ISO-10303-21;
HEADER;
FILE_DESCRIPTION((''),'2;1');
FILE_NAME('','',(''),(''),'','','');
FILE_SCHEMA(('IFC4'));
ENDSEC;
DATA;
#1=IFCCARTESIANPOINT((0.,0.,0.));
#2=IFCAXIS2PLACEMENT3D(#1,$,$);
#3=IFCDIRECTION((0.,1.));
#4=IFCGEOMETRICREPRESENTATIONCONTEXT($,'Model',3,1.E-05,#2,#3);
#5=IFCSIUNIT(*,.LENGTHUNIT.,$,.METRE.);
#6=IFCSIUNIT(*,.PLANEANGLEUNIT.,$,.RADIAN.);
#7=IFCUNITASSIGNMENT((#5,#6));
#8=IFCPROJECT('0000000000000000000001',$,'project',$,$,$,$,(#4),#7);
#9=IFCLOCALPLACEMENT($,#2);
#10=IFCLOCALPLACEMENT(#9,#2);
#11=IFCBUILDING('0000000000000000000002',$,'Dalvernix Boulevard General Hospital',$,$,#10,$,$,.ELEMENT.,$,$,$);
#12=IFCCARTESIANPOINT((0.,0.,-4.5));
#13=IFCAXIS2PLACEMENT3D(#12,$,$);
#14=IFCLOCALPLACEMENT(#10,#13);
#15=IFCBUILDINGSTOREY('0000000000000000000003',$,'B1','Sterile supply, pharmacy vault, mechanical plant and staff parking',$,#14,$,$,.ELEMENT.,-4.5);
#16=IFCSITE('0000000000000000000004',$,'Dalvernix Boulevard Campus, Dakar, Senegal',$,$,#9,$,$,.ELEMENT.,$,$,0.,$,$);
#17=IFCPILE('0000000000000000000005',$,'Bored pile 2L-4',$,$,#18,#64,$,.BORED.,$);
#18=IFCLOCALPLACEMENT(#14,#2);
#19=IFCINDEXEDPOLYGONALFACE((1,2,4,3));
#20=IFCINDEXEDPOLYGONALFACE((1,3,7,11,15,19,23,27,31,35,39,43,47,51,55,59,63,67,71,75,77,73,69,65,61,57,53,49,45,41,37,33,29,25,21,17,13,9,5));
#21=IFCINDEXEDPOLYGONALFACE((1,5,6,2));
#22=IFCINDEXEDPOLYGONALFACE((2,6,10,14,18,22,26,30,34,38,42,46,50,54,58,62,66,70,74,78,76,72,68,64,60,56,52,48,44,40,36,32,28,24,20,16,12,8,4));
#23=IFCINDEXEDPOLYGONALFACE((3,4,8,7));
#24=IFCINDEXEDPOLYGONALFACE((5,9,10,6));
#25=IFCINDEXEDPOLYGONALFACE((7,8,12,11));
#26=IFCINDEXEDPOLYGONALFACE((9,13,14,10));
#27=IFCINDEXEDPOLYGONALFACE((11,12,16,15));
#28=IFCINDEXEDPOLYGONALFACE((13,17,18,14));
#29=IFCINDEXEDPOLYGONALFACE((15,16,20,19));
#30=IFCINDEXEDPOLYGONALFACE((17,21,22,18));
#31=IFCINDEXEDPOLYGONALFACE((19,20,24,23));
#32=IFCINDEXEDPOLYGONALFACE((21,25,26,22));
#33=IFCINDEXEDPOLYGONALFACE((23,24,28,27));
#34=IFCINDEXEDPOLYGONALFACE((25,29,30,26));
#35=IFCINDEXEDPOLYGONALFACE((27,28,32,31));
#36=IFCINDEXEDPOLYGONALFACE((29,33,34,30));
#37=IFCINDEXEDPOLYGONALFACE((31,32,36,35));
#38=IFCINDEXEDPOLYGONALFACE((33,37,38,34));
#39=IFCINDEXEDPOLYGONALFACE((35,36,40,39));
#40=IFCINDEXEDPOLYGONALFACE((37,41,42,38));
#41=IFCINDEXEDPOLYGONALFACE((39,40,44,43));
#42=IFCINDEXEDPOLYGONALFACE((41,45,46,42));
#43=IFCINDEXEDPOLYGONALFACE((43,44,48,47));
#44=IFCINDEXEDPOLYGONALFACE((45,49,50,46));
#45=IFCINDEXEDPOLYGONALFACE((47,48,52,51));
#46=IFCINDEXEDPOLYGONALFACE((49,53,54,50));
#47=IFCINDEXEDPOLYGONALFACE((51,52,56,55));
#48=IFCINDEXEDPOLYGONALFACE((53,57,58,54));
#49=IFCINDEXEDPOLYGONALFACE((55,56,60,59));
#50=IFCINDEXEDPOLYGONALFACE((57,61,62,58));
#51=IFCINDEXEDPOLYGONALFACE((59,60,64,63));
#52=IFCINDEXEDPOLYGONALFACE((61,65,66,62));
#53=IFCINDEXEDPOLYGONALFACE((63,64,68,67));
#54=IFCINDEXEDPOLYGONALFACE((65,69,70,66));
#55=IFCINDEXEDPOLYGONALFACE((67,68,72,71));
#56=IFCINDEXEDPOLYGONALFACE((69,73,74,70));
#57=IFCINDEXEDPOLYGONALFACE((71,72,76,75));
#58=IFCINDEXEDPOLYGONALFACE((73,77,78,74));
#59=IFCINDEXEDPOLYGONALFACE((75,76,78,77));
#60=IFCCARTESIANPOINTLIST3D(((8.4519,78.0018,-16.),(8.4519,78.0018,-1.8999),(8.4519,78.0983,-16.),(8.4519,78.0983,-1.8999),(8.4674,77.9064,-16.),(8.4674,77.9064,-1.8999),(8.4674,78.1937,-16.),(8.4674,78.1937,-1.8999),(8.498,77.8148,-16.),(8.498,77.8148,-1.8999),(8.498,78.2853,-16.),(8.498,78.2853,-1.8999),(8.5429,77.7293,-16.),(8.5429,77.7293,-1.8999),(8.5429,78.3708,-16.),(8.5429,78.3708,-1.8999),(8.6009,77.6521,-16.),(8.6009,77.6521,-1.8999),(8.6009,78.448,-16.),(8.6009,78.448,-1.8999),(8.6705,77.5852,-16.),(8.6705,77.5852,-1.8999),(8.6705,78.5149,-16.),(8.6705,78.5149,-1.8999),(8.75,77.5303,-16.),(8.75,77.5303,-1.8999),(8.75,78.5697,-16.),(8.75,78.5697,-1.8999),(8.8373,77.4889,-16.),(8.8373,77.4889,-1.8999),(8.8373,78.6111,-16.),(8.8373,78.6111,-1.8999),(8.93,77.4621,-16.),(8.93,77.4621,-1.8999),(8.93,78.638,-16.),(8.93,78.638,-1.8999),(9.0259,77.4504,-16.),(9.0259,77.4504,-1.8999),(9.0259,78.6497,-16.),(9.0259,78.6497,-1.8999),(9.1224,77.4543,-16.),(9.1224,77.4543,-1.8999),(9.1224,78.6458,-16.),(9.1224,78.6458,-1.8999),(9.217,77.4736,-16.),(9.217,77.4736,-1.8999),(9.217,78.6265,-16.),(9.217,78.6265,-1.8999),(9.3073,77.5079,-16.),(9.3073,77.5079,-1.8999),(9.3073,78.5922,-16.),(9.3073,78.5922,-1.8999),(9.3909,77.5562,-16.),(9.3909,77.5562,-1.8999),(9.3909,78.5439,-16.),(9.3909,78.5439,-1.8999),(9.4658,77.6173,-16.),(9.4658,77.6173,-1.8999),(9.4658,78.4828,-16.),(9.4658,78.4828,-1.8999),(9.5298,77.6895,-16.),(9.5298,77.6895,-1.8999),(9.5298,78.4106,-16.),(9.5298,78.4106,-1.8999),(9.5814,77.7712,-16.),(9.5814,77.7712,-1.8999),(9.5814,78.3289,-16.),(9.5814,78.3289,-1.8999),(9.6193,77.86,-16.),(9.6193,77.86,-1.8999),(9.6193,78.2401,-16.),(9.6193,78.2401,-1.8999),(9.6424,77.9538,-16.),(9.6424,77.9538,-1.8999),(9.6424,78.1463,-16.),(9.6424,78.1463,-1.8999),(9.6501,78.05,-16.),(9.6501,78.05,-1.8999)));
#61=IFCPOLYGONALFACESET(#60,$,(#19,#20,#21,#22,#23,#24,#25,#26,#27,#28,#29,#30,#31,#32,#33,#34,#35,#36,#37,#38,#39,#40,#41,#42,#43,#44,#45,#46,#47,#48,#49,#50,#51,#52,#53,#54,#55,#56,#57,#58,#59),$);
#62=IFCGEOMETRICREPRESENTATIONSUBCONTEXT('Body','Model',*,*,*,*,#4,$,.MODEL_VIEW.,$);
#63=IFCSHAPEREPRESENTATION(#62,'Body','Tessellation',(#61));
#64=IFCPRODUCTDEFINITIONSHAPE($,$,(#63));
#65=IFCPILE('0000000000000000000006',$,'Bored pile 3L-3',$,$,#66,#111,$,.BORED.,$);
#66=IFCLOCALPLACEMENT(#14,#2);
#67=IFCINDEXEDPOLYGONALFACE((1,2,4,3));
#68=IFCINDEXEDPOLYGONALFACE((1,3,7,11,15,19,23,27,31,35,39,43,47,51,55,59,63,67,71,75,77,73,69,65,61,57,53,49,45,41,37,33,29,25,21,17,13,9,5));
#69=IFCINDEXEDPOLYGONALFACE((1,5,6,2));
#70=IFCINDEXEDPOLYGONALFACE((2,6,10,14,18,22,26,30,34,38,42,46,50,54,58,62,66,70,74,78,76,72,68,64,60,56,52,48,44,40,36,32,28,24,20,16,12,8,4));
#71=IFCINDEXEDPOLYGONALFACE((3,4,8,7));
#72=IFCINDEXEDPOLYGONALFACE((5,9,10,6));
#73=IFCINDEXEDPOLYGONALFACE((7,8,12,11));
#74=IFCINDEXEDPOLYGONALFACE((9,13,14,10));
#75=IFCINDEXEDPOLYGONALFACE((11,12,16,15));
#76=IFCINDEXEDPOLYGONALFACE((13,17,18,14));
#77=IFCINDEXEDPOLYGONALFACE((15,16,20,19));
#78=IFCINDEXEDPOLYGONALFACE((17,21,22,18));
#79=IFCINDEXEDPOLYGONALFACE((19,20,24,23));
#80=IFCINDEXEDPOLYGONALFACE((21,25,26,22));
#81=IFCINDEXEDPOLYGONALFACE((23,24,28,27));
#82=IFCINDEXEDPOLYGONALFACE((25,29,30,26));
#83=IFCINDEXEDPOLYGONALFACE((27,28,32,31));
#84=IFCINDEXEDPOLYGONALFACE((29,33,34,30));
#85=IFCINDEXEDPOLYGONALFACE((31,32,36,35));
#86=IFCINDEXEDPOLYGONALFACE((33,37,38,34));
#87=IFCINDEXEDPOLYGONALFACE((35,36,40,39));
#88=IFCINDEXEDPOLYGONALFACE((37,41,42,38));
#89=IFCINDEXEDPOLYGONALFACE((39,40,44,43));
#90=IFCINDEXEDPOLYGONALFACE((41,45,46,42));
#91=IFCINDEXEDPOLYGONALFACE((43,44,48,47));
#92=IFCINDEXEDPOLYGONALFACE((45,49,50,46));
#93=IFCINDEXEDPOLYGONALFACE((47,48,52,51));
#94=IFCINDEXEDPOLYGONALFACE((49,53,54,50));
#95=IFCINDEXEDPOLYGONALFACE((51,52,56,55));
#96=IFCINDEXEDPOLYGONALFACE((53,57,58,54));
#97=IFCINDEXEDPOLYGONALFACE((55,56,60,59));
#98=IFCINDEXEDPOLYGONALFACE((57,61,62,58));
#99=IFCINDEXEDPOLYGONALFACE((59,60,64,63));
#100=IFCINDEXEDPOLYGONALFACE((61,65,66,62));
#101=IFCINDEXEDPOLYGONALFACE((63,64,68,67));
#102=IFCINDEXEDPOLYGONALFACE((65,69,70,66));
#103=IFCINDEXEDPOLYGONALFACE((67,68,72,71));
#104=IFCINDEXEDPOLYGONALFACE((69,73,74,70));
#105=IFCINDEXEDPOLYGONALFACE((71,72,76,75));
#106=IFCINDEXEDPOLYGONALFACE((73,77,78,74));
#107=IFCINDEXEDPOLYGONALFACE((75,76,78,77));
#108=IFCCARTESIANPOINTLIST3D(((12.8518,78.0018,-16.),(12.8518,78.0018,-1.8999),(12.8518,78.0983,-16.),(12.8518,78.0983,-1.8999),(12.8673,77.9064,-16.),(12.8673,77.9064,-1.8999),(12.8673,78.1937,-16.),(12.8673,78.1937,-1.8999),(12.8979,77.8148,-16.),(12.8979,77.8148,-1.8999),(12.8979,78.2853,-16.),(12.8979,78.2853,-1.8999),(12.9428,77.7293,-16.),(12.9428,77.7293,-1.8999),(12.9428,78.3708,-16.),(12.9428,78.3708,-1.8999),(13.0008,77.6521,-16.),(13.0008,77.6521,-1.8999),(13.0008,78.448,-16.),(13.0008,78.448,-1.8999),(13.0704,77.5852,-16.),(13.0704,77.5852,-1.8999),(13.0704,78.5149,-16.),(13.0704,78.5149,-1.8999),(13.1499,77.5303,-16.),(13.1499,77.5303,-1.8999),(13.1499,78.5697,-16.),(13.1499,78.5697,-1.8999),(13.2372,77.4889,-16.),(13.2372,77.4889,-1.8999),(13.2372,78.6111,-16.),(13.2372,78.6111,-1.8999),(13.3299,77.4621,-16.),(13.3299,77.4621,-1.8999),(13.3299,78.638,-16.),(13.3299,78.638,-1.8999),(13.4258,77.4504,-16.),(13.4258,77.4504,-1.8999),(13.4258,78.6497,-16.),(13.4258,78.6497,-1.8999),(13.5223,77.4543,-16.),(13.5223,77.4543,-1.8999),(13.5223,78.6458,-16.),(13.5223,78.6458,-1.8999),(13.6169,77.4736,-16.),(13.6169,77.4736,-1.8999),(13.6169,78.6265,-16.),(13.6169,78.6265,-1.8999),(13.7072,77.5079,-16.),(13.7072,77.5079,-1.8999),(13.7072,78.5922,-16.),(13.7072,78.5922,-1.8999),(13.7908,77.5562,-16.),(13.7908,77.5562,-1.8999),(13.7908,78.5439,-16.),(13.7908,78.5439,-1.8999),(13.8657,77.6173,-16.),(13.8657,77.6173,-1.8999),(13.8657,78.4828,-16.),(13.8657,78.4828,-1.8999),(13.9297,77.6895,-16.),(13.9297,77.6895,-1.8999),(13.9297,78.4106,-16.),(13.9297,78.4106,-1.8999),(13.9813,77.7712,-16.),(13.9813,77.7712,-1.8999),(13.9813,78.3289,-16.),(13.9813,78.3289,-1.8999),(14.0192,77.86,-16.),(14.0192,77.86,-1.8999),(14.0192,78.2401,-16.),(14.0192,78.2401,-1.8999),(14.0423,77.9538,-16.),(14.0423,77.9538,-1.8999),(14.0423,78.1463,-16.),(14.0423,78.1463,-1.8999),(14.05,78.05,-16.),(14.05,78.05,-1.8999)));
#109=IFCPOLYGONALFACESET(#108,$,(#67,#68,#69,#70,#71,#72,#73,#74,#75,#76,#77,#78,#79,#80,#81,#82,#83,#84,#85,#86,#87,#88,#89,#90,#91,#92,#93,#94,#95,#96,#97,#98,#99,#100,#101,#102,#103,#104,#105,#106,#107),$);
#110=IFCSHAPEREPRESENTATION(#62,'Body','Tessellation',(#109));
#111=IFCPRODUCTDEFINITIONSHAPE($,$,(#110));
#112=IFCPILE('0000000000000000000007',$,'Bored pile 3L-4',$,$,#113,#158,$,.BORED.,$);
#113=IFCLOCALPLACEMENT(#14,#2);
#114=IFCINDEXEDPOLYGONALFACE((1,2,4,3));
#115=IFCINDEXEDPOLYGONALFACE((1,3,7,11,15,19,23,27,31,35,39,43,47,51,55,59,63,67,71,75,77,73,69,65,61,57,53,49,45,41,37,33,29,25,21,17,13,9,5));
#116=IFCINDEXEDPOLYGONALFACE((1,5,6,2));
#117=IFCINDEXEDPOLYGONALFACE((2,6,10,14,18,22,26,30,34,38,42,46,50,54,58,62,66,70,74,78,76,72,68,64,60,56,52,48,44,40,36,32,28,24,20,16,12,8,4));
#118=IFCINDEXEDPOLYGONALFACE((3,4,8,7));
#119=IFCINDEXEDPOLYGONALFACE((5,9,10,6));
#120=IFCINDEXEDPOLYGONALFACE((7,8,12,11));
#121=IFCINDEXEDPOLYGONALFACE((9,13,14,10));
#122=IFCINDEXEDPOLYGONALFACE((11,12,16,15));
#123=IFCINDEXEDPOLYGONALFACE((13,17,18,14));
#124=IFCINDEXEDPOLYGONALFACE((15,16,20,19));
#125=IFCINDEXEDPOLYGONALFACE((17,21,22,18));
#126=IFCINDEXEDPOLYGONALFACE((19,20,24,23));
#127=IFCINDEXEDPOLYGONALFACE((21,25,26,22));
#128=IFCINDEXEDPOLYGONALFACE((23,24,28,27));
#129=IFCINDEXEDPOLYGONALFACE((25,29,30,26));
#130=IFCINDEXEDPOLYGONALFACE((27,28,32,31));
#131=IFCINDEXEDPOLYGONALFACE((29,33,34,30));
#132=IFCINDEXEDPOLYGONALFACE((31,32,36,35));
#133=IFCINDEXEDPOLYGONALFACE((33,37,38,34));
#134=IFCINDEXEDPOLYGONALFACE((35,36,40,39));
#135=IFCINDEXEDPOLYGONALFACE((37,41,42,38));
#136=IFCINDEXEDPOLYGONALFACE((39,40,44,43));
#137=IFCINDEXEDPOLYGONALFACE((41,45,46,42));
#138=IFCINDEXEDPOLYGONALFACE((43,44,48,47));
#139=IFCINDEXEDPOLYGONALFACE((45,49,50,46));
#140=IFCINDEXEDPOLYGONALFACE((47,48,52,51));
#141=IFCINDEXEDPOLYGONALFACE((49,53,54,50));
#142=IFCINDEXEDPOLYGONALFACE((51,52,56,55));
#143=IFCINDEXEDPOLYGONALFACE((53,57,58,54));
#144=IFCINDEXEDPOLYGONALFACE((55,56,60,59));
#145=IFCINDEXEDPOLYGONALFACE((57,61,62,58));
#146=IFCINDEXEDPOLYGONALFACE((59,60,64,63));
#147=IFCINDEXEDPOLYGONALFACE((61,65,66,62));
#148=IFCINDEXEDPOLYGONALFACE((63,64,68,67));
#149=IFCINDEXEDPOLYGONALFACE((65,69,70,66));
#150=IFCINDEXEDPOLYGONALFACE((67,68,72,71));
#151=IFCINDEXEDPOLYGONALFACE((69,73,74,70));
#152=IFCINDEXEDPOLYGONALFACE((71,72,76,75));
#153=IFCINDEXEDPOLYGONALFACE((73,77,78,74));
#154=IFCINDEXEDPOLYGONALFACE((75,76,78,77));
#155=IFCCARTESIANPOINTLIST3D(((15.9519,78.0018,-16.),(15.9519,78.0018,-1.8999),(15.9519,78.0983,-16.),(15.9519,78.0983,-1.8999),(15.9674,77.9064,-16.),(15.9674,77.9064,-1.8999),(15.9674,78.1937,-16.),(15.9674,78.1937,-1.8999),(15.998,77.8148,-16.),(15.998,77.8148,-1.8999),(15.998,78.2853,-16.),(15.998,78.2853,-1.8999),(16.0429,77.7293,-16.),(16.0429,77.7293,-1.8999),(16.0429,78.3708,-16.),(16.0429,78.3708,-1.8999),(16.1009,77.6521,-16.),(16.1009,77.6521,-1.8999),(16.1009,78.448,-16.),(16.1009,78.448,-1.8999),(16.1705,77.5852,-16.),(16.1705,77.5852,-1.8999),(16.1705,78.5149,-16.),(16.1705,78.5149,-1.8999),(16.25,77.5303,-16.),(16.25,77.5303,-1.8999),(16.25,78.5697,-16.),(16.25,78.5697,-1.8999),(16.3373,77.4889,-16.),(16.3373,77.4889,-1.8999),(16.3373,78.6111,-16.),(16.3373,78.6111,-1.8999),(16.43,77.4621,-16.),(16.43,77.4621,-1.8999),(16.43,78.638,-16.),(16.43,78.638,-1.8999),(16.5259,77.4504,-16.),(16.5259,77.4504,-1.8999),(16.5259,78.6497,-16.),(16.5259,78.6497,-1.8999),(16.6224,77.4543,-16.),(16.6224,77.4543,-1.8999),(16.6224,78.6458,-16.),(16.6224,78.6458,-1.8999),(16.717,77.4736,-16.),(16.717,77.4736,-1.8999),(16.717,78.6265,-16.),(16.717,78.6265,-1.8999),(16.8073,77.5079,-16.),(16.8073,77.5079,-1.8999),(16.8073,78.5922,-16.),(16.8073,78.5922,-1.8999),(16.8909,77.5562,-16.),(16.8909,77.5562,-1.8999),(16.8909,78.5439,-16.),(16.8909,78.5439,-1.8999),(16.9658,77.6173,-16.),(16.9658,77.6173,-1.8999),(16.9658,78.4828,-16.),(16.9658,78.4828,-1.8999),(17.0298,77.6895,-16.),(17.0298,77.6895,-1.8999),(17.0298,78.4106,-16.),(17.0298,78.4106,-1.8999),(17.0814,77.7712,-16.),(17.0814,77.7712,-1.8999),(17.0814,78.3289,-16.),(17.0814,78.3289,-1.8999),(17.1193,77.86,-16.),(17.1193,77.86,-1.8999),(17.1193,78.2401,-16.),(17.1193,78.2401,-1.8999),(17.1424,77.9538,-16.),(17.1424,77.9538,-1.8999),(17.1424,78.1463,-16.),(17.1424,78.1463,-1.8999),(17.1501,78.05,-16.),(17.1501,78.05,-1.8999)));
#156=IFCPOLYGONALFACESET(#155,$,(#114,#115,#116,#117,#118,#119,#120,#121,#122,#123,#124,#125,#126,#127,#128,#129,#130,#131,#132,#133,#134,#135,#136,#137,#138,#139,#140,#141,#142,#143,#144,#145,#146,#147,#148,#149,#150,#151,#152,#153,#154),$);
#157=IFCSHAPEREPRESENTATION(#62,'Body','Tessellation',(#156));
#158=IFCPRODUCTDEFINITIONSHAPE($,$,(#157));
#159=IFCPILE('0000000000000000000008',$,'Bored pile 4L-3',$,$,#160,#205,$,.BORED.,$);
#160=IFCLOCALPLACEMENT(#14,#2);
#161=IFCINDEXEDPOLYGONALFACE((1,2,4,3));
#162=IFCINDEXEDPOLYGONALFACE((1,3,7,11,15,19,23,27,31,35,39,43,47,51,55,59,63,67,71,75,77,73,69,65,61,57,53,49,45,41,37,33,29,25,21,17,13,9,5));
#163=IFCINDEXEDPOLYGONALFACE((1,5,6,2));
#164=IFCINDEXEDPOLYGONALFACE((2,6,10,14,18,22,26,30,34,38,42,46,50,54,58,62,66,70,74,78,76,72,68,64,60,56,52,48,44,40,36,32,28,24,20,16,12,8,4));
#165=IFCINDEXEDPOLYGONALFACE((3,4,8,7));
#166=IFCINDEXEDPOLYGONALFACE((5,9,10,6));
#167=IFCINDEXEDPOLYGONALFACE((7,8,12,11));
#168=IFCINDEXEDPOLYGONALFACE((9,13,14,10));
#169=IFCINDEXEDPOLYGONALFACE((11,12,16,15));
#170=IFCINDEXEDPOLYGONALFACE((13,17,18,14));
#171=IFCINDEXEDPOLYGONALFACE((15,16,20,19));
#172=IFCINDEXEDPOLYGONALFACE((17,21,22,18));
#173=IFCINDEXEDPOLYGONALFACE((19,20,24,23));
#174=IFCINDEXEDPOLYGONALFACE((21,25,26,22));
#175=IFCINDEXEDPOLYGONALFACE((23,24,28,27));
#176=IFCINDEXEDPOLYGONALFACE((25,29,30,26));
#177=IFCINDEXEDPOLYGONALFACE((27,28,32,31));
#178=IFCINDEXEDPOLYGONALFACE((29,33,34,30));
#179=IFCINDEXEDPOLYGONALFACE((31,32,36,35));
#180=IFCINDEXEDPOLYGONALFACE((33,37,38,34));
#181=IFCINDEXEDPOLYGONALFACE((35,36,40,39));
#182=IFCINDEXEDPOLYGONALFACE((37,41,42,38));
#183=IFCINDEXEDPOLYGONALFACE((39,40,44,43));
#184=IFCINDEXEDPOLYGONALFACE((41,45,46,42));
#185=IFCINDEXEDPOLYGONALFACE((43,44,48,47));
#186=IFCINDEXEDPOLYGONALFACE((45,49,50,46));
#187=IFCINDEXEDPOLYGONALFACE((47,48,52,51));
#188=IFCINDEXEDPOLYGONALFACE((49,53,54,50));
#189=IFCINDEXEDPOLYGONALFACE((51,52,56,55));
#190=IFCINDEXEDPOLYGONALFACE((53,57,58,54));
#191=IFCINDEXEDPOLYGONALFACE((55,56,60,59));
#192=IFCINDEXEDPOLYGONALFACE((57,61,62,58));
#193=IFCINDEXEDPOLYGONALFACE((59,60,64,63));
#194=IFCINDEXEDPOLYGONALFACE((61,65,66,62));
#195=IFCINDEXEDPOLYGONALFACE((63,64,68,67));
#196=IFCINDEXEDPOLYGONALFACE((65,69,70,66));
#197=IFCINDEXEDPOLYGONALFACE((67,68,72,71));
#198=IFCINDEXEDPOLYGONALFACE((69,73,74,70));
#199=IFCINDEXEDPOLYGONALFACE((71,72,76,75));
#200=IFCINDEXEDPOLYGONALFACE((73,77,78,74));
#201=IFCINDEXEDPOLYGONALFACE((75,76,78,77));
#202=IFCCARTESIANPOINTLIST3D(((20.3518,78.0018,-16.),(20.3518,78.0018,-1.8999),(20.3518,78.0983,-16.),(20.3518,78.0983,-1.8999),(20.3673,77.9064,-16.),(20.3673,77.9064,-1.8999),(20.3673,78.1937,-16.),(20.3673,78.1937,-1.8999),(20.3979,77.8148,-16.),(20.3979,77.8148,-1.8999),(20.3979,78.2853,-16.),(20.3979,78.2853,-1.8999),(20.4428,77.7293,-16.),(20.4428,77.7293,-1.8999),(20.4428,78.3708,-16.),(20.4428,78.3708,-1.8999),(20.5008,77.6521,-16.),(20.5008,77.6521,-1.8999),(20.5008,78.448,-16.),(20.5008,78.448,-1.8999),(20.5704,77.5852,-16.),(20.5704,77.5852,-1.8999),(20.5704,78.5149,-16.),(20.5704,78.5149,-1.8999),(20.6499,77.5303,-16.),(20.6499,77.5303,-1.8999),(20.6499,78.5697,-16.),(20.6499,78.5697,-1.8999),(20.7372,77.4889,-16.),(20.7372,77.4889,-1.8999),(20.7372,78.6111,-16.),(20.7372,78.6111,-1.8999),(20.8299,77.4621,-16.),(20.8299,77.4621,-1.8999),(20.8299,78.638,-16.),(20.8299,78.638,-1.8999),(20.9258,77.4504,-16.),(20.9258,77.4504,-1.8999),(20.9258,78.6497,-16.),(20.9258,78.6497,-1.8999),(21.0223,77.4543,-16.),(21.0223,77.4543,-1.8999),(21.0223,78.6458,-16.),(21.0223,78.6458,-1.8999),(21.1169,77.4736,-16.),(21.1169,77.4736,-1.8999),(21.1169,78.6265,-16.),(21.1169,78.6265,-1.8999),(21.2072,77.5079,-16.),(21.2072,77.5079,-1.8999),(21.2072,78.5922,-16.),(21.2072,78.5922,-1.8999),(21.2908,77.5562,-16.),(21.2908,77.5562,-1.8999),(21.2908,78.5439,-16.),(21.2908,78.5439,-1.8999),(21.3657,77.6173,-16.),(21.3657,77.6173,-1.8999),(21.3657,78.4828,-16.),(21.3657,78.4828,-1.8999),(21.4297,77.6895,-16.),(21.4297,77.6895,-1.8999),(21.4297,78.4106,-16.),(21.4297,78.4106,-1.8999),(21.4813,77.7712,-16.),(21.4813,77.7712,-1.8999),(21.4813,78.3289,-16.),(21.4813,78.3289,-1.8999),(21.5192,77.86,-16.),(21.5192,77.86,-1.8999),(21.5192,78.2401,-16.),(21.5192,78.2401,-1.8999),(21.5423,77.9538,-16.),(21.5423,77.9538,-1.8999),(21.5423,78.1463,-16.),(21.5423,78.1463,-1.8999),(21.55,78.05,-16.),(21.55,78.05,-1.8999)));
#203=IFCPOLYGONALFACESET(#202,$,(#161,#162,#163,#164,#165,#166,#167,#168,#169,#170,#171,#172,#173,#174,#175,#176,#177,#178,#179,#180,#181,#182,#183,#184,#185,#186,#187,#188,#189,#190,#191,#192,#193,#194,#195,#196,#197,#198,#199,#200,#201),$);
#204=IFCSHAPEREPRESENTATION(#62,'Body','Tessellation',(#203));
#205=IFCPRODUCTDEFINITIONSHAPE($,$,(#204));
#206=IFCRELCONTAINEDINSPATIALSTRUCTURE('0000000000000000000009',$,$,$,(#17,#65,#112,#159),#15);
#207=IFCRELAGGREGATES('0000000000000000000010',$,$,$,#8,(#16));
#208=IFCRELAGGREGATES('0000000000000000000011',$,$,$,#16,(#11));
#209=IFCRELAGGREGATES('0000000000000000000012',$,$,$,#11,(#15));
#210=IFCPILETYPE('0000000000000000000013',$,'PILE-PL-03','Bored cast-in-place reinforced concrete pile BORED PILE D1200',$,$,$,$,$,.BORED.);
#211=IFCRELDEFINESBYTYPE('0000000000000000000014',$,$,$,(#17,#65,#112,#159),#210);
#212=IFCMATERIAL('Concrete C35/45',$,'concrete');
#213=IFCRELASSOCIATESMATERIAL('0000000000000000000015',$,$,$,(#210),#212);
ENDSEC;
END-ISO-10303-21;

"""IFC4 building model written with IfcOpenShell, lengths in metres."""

from ifc_helpers import new_model, si_unit, direction, frame, origin, origin_2d, place, context, subcontext, project, spatial, circle, extrude, material, material_profile, profile_set, type_object, element, save


model = new_model("IFC4")

# Units and contexts
model_context = context("Model", 3, precision=1e-05, world=origin(), true_north=direction((0.0, 1.0)))
body_context = subcontext(model_context, "Body", "Model", "MODEL_VIEW")
ifc_project = project(units=[si_unit("LENGTHUNIT", "METRE"), si_unit("PLANEANGLEUNIT", "RADIAN")], contexts=[model_context])

# Site, building, storey
site_placement = place(None, origin())
site = spatial("IfcSite", under=ifc_project, at=site_placement, Name="Dalvernix Boulevard Campus, Dakar, Senegal", CompositionType="ELEMENT", RefElevation=0.0)
building_placement = place(site_placement, origin())
building = spatial("IfcBuilding", under=site, at=building_placement, Name="Dalvernix Boulevard General Hospital", CompositionType="ELEMENT")
storey_placement = place(building_placement, frame((0.0, 0.0, -4.5)))
storey = spatial("IfcBuildingStorey", under=building, at=storey_placement, Name="B1", Description="Sterile supply, pharmacy vault, mechanical plant and staff parking", CompositionType="ELEMENT", Elevation=-4.5)

# Shared definitions
ifc_material_1 = material(Name="Concrete C35/45", Category="concrete")

# Piles
ifc_material_profile_1 = material_profile(ifc_material_1, circle(Radius=0.6001, at=origin_2d()), Name="BORED PILE D1200")
ifc_profile_set_1 = profile_set([ifc_material_profile_1], Name="Concrete C35/45")
pile_type_1 = type_object("IfcPileType", Name="PILE-PL-03", Description="Bored cast-in-place reinforced concrete pile BORED PILE D1200", PredefinedType="BORED", material=ifc_profile_set_1)
for number, where, z_axis, x_axis, name in (
    (1, (9.05, 78.05, -1.8999), (0.0, 0.0, -1.0), (1.0, 0.0, 0.0), "Bored pile 2L-4"),
    (2, (13.45, 78.05, -1.8999), (0.0, 0.0, -1.0), (1.0, 0.0, 0.0), "Bored pile 3L-3"),
    (3, (16.55, 78.05, -1.8999), (0.0, 0.0, -1.0), (1.0, 0.0, 0.0), "Bored pile 3L-4"),
    (4, (20.95, 78.05, -1.8999), (0.0, 0.0, -1.0), (1.0, 0.0, 0.0), "Bored pile 4L-3"),
):
    element("IfcPile", number, at=place(storey_placement, frame(where, z_axis=z_axis, x_axis=x_axis)), inside=storey, type_object=pile_type_1, Name=name, PredefinedType="BORED", context=body_context, shape_type="SweptSolid", body=[
        extrude(circle(Radius=0.6001, at=origin_2d()), origin(), (0.0, 0.0, 1.0), 14.1001),
    ])

save(model, "model.ifc")
